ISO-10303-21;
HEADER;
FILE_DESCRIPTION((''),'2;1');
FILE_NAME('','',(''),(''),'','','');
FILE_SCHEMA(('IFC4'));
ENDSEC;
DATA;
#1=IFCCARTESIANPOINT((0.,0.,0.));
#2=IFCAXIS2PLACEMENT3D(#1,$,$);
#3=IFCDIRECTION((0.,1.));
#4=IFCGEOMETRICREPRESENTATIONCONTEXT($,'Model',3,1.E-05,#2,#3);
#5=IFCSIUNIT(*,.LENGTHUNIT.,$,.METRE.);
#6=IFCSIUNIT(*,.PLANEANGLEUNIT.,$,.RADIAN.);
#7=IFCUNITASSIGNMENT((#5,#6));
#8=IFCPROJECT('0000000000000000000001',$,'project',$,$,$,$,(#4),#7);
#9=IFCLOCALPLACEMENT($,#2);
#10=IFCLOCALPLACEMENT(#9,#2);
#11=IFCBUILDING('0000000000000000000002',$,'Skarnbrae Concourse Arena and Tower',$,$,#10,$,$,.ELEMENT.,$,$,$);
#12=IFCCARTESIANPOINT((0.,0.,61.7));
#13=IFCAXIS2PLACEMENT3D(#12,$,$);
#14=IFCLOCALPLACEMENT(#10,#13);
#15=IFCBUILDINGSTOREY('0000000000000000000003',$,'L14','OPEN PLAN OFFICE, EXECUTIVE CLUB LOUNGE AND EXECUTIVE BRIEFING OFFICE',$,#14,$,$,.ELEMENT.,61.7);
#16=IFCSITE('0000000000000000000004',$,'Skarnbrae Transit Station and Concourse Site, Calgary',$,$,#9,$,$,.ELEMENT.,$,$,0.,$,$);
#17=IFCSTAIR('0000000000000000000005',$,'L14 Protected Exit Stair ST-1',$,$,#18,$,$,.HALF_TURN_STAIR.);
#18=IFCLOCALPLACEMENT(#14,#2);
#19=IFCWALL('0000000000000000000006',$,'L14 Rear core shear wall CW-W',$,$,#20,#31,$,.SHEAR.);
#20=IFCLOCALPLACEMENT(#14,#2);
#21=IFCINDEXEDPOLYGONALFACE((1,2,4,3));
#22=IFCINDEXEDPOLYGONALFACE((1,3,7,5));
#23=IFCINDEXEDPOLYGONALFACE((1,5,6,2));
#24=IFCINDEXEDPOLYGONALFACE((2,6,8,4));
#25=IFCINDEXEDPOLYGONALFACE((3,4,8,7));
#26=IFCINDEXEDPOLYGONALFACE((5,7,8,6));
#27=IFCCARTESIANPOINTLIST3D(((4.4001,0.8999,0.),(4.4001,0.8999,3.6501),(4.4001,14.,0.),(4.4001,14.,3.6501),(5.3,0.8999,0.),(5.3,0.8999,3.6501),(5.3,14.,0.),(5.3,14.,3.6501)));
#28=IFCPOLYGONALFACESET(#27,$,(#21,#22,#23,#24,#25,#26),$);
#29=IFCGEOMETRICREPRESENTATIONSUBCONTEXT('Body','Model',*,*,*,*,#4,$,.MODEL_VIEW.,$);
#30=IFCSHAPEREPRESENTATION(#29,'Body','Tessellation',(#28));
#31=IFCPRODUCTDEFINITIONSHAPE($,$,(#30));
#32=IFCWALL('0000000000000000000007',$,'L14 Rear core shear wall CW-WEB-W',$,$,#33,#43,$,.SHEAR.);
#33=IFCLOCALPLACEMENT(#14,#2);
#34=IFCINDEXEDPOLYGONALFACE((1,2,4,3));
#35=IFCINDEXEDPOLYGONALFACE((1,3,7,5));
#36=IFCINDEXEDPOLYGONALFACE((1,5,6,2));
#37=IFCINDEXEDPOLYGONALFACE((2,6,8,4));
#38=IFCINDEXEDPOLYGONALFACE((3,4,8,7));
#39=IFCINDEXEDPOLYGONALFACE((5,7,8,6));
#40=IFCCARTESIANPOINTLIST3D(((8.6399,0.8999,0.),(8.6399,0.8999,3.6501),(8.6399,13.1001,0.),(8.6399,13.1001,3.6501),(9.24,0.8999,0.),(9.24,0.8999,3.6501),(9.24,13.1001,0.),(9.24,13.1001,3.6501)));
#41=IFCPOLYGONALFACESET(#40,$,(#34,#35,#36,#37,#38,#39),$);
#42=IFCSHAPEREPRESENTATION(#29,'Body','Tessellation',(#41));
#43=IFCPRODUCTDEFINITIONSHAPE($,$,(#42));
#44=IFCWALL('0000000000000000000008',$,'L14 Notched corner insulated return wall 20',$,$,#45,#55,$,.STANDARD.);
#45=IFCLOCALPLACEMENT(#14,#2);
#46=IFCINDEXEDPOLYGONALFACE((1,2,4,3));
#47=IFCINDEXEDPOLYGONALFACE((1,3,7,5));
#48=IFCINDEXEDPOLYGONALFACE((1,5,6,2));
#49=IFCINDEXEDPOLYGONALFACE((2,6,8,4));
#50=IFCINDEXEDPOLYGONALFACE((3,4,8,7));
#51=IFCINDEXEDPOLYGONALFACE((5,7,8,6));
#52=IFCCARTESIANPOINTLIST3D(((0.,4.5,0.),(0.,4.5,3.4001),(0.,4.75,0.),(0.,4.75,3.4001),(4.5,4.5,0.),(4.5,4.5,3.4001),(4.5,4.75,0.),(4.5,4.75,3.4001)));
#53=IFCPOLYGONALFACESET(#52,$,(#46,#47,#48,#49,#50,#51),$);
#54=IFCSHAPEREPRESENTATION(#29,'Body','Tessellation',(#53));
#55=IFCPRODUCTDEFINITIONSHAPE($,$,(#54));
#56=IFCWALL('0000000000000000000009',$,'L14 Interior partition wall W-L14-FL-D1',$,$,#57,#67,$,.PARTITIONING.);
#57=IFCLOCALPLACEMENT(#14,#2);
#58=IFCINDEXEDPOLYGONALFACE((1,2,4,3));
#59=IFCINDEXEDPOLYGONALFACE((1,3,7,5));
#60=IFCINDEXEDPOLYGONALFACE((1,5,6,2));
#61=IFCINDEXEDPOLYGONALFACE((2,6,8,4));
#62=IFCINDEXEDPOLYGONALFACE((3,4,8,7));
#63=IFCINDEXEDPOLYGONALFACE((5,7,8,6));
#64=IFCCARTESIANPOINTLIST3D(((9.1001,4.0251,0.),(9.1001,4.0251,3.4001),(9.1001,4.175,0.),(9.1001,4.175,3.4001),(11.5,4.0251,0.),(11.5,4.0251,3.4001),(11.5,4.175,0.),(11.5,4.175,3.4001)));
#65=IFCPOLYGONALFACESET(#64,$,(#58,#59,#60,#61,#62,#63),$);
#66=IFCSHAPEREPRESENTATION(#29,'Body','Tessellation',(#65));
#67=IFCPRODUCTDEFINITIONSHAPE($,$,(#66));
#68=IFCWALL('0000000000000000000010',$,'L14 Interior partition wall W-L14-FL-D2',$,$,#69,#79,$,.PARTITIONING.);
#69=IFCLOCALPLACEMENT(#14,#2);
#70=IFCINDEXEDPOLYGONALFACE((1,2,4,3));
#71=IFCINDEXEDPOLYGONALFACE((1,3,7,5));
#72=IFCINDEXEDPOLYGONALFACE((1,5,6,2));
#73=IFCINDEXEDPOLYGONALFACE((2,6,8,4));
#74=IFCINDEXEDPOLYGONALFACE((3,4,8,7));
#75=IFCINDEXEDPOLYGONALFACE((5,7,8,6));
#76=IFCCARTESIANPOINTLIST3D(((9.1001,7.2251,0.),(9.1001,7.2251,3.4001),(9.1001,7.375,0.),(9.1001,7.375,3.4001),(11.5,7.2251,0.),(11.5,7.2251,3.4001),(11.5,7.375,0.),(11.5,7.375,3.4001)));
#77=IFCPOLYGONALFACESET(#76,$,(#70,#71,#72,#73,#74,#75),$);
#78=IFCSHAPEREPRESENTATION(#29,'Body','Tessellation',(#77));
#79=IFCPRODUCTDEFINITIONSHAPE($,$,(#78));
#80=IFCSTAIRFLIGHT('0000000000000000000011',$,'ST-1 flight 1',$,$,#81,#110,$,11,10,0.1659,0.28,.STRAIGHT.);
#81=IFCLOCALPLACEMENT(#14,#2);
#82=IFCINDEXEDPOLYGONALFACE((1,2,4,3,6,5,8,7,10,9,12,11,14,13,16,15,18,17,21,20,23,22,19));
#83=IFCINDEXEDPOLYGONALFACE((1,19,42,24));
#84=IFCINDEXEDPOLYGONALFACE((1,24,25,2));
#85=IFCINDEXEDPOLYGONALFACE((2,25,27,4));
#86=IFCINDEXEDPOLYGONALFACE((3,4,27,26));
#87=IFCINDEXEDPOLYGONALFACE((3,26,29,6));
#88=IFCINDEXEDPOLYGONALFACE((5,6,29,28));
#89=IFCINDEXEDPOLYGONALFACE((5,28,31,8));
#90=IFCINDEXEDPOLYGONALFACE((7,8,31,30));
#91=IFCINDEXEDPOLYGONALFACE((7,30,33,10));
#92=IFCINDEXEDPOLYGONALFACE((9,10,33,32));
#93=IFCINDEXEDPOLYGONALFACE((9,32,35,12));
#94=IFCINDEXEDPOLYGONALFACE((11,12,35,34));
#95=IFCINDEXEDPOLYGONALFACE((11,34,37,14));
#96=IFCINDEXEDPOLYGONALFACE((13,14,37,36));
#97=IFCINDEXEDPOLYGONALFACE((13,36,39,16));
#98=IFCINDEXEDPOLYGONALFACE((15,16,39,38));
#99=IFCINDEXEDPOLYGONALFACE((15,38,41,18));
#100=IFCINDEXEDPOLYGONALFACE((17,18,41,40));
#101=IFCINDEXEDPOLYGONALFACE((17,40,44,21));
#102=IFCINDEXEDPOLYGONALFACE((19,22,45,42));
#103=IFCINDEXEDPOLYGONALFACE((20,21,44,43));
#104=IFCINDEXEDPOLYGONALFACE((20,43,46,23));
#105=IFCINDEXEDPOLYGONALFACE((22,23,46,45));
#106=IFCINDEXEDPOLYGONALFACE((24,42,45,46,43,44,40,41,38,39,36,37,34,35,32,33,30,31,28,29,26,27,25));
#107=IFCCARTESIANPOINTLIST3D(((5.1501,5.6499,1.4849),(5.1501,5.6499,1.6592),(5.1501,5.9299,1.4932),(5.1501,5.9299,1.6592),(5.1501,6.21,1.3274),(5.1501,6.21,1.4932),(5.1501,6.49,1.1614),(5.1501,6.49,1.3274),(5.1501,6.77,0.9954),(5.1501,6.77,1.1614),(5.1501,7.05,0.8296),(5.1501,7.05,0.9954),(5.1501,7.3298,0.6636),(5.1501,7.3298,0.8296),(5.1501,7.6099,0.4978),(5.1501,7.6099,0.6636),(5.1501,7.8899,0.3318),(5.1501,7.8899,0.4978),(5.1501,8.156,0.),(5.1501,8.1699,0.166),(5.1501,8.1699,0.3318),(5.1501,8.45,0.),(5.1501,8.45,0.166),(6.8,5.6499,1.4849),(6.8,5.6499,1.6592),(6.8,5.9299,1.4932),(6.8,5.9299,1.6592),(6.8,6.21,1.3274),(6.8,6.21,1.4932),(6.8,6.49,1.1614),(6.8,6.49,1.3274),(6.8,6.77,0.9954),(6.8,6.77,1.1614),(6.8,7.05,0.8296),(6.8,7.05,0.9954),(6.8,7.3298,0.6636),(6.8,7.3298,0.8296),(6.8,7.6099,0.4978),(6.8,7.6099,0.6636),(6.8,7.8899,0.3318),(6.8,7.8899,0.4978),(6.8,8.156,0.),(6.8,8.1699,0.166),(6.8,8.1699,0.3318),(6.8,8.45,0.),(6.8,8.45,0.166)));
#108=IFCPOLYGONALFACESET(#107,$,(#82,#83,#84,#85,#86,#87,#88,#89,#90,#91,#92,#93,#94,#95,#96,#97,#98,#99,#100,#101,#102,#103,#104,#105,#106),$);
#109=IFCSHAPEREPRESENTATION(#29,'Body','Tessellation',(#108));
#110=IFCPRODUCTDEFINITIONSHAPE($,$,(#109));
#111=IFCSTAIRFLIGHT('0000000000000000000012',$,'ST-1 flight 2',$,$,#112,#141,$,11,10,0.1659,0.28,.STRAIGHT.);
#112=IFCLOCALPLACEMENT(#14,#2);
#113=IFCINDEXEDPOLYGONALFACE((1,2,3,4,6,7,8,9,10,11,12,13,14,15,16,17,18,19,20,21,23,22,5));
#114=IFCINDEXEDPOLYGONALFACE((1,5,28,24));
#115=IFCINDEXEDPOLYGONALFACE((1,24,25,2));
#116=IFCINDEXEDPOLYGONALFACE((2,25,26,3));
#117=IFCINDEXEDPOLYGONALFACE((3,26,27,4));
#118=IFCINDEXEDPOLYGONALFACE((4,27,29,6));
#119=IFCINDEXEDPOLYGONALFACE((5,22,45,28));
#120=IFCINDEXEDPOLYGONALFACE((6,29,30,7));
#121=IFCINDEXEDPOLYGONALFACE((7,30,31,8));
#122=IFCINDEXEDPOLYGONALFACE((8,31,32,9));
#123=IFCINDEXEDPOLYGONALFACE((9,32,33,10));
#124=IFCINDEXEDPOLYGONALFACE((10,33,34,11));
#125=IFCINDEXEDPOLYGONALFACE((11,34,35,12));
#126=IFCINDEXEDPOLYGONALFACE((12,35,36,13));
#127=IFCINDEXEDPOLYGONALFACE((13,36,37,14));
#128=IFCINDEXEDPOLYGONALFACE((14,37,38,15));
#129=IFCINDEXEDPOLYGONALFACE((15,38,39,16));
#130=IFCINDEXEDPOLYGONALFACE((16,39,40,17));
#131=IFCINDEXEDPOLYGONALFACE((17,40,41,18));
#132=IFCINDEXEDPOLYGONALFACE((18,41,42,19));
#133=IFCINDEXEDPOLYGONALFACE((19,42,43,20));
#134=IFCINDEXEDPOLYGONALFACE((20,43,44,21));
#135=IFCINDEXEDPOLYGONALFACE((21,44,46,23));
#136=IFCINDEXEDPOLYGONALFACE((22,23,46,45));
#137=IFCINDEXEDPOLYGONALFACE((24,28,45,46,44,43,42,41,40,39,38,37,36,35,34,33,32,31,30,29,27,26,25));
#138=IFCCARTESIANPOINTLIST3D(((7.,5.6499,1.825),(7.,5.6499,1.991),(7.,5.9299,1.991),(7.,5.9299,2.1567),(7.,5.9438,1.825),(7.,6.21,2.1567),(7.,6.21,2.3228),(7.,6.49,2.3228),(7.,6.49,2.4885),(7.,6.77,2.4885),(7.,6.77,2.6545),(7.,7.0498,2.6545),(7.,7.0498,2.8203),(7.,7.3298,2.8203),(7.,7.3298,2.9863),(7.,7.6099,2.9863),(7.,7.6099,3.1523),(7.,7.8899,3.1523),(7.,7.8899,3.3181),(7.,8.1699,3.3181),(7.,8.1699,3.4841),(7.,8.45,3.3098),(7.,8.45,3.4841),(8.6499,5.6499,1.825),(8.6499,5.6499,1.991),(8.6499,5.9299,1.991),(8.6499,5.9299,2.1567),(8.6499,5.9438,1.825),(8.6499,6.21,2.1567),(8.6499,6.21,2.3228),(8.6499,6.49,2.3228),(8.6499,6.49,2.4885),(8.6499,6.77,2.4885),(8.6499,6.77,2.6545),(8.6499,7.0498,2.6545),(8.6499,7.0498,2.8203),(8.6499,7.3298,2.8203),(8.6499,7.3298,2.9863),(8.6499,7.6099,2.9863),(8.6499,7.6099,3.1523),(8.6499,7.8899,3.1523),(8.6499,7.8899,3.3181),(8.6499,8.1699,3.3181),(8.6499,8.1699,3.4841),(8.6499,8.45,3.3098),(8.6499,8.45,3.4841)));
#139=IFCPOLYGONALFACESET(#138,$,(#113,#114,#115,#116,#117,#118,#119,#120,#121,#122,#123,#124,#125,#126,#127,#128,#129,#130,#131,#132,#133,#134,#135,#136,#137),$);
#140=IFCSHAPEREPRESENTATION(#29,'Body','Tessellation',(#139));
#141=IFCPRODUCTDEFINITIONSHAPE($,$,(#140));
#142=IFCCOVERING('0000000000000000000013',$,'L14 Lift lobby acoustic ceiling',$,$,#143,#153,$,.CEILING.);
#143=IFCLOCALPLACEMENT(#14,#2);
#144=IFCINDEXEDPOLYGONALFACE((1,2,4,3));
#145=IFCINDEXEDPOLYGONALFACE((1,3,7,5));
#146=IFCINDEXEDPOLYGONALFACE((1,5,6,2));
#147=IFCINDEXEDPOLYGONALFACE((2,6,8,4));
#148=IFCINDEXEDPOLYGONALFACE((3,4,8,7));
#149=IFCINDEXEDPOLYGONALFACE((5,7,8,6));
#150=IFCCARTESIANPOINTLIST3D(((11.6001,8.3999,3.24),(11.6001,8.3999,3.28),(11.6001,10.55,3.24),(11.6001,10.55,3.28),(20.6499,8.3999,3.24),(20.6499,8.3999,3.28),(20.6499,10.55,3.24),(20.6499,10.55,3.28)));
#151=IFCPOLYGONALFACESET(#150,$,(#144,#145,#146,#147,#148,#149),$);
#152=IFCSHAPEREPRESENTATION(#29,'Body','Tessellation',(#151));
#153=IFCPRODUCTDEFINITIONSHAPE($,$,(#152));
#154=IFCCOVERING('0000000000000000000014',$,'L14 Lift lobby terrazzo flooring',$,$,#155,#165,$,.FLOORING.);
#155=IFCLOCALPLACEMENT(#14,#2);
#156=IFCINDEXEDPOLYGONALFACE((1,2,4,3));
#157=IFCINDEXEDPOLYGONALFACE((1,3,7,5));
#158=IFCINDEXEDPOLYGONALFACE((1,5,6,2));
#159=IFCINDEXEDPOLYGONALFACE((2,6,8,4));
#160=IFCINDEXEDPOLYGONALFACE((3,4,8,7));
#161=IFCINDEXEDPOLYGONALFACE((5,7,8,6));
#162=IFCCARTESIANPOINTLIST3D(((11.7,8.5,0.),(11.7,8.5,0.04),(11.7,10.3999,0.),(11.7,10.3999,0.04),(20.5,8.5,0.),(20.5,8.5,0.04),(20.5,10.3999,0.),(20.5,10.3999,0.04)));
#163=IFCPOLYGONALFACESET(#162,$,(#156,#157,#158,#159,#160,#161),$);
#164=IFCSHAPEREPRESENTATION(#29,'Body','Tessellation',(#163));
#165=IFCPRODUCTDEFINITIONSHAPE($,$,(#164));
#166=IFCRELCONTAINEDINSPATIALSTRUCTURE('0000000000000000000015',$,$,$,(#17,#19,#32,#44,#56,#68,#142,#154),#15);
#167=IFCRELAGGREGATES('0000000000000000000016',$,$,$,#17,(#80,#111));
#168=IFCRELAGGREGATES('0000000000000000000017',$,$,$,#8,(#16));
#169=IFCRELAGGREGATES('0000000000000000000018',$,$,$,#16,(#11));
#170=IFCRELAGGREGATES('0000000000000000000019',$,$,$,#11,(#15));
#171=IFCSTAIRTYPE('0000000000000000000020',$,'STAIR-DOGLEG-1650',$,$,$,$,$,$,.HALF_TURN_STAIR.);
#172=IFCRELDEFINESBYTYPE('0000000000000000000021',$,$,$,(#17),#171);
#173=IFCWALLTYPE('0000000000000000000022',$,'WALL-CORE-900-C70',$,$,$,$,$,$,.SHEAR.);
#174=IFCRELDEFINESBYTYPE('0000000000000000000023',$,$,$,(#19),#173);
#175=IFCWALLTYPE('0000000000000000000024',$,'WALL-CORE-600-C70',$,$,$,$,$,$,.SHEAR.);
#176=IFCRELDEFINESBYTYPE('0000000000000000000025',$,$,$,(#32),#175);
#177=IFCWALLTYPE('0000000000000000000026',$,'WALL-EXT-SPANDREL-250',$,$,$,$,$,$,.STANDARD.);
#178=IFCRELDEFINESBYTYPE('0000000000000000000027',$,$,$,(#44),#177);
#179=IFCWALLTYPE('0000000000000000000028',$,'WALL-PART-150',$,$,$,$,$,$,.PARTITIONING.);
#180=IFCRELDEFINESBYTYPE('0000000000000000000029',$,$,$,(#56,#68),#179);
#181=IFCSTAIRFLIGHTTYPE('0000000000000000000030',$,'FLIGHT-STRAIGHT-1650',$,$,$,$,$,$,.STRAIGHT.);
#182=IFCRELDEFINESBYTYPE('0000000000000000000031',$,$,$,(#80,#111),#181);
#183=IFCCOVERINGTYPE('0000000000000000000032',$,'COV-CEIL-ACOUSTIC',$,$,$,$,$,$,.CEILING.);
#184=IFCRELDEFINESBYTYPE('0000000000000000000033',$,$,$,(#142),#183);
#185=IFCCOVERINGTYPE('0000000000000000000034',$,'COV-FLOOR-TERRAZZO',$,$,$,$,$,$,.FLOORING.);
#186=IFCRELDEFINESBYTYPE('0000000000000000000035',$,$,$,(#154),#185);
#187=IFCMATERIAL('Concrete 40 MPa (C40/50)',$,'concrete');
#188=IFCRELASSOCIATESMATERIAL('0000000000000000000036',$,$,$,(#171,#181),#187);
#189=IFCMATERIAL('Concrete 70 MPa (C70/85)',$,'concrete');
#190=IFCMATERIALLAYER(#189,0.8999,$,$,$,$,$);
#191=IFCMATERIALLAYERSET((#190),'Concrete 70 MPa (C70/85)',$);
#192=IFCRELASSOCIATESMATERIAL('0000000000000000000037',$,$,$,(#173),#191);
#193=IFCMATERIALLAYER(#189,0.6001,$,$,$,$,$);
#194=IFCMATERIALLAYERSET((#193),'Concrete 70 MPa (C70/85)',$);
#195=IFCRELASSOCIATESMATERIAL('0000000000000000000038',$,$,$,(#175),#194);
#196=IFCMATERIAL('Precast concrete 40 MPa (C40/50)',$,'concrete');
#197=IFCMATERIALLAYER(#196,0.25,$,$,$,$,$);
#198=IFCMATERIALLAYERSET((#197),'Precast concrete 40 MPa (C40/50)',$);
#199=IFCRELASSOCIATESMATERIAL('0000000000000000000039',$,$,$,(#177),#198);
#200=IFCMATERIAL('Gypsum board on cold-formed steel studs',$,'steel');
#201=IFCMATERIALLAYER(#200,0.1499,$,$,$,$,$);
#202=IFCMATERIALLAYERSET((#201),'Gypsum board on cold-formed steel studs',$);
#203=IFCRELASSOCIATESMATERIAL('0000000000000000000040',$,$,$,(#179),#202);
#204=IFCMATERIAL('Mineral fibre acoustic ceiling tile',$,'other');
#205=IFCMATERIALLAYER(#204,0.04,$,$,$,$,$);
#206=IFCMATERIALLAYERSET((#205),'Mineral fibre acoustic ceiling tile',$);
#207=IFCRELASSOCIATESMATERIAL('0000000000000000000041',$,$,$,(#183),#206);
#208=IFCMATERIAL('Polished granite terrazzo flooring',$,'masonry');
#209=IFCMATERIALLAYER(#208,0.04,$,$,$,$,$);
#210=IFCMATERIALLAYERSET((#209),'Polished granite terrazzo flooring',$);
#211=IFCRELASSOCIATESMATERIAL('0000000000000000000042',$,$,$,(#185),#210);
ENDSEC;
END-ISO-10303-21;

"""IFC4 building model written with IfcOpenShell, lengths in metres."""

from ifc_helpers import new_model, si_unit, direction, frame, frame_2d, origin, place, context, subcontext, project, spatial, polyline, rectangle, outline, extrude, source, transform, mapped, material, layer, layer_set, type_object, element, aggregate, save


model = new_model("IFC4")

# Units and contexts
model_context = context("Model", 3, precision=1e-05, world=origin(), true_north=direction((0.0, 1.0)))
body_context = subcontext(model_context, "Body", "Model", "MODEL_VIEW")
ifc_project = project(units=[si_unit("LENGTHUNIT", "METRE"), si_unit("PLANEANGLEUNIT", "RADIAN")], contexts=[model_context])

# Site, building, storey
site_placement = place(None, origin())
site = spatial("IfcSite", under=ifc_project, at=site_placement, Name="Skarnbrae Transit Station and Concourse Site, Calgary", CompositionType="ELEMENT", RefElevation=0.0)
building_placement = place(site_placement, origin())
building = spatial("IfcBuilding", under=site, at=building_placement, Name="Skarnbrae Concourse Arena and Tower", CompositionType="ELEMENT")
storey_placement = place(building_placement, frame((0.0, 0.0, 61.7)))
storey = spatial("IfcBuildingStorey", under=building, at=storey_placement, Name="L14", Description="OPEN PLAN OFFICE, EXECUTIVE CLUB LOUNGE AND EXECUTIVE BRIEFING OFFICE", CompositionType="ELEMENT", Elevation=61.7)

# Stair
ifc_material_1 = material(Name="Concrete 40 MPa (C40/50)", Category="concrete")
stair_type = type_object("IfcStairType", Name="STAIR-DOGLEG-1650", PredefinedType="HALF_TURN_STAIR", material=ifc_material_1)
stair_1_placement = place(storey_placement, origin())
stair_1 = element("IfcStair", 1, at=stair_1_placement, inside=storey, type_object=stair_type, Name="L14 Protected Exit Stair ST-1", PredefinedType="HALF_TURN_STAIR")

# Walls
ifc_material_2 = material(Name="Concrete 70 MPa (C70/85)", Category="concrete")
ifc_layer_1 = layer(ifc_material_2, 0.8999)
ifc_layer_set_1 = layer_set([ifc_layer_1], Name="Concrete 70 MPa (C70/85)")
wall_type_1 = type_object("IfcWallType", Name="WALL-CORE-900-C70", PredefinedType="SHEAR", material=ifc_layer_set_1)
shared_shape_1 = source(origin(), body_context, "Body", "SweptSolid", [
    extrude(rectangle(XDim=13.1001, YDim=0.8999, at=frame_2d((6.55, 0.0))), origin(), (0.0, 0.0, 1.0), 3.6501),
])
wall_1_placement = place(storey_placement, frame((4.8501, 0.8999, 0.0), z_axis=(0.0, 0.0, 1.0), x_axis=(0.0, 1.0, 0.0)))
element("IfcWall", 2, at=wall_1_placement, inside=storey, type_object=wall_type_1, Name="L14 Rear core shear wall CW-W", PredefinedType="SHEAR", context=body_context, shape_type="MappedRepresentation", body=[
    mapped(shared_shape_1, transform((0.0, 0.0, 0.0))),
])
ifc_layer_2 = layer(ifc_material_2, 0.6001)
ifc_layer_set_2 = layer_set([ifc_layer_2], Name="Concrete 70 MPa (C70/85)")
wall_type_2 = type_object("IfcWallType", Name="WALL-CORE-600-C70", PredefinedType="SHEAR", material=ifc_layer_set_2)
shared_shape_2 = source(origin(), body_context, "Body", "SweptSolid", [
    extrude(rectangle(XDim=12.2002, YDim=0.6001, at=frame_2d((6.1001, 0.0))), origin(), (0.0, 0.0, 1.0), 3.6501),
])
wall_2_placement = place(storey_placement, frame((8.9399, 0.8999, 0.0), z_axis=(0.0, 0.0, 1.0), x_axis=(0.0, 1.0, 0.0)))
element("IfcWall", 3, at=wall_2_placement, inside=storey, type_object=wall_type_2, Name="L14 Rear core shear wall CW-WEB-W", PredefinedType="SHEAR", context=body_context, shape_type="MappedRepresentation", body=[
    mapped(shared_shape_2, transform((0.0, 0.0, 0.0))),
])

# Walls
ifc_material_3 = material(Name="Precast concrete 40 MPa (C40/50)", Category="concrete")
ifc_layer_3 = layer(ifc_material_3, 0.25)
ifc_layer_set_3 = layer_set([ifc_layer_3], Name="Precast concrete 40 MPa (C40/50)")
wall_type_3 = type_object("IfcWallType", Name="WALL-EXT-SPANDREL-250", PredefinedType="STANDARD", material=ifc_layer_set_3)
shared_shape_3 = source(origin(), body_context, "Body", "SweptSolid", [
    extrude(rectangle(XDim=4.5, YDim=0.25, at=frame_2d((2.25, 0.0))), origin(), (0.0, 0.0, 1.0), 3.4001),
])
wall_3_placement = place(storey_placement, frame((0.0, 4.625, 0.0), z_axis=(0.0, 0.0, 1.0), x_axis=(1.0, 0.0, 0.0)))
element("IfcWall", 4, at=wall_3_placement, inside=storey, type_object=wall_type_3, Name="L14 Notched corner insulated return wall 20", PredefinedType="STANDARD", context=body_context, shape_type="MappedRepresentation", body=[
    mapped(shared_shape_3, transform((0.0, 0.0, 0.0))),
])
ifc_material_4 = material(Name="Gypsum board on cold-formed steel studs", Category="steel")
ifc_layer_4 = layer(ifc_material_4, 0.1499)
ifc_layer_set_4 = layer_set([ifc_layer_4], Name="Gypsum board on cold-formed steel studs")
wall_type_4 = type_object("IfcWallType", Name="WALL-PART-150", PredefinedType="PARTITIONING", material=ifc_layer_set_4)
shared_shape_4 = source(origin(), body_context, "Body", "SweptSolid", [
    extrude(rectangle(XDim=2.3999, YDim=0.1499, at=frame_2d((1.2, 0.0))), origin(), (0.0, 0.0, 1.0), 3.4001),
])
for number, where, z_axis, x_axis, name in (
    (5, (9.1001, 4.1001, 0.0), (0.0, 0.0, 1.0), (1.0, 0.0, 0.0), "L14 Interior partition wall W-L14-FL-D1"),
    (6, (9.1001, 7.3, 0.0), (0.0, 0.0, 1.0), (1.0, 0.0, 0.0), "L14 Interior partition wall W-L14-FL-D2"),
):
    element("IfcWall", number, at=place(storey_placement, frame(where, z_axis=z_axis, x_axis=x_axis)), inside=storey, type_object=wall_type_4, Name=name, PredefinedType="PARTITIONING", context=body_context, shape_type="MappedRepresentation", body=[
        mapped(shared_shape_4, transform((0.0, 0.0, 0.0))),
    ])

# Stair flights
stair_flight_type = type_object("IfcStairFlightType", Name="FLIGHT-STRAIGHT-1650", PredefinedType="STRAIGHT", material=ifc_material_1)
shared_shape_5 = source(origin(), body_context, "Body", "SweptSolid", [
    extrude(outline(polyline([(0.0, 0.0), (0.0, 0.166), (0.28, 0.166), (0.28, 0.3318), (0.5601, 0.3318), (0.5601, 0.4978), (0.8401, 0.4978), (0.8401, 0.6636), (1.1201, 0.6636), (1.1201, 0.8296), (1.3999, 0.8296), (1.3999, 0.9954), (1.6799, 0.9954), (1.6799, 1.1614), (1.96, 1.1614), (1.96, 1.3274), (2.24, 1.3274), (2.24, 1.4932), (2.52, 1.4932), (2.52, 1.6592), (2.8, 1.6592), (2.8, 1.825), (2.8, 1.4849), (0.2939, 0.0), (0.0, 0.0)])), frame((0.0, 0.825, 0.0), z_axis=(0.0, -1.0, 0.0), x_axis=(1.0, 0.0, 0.0)), (0.0, 0.0, 1.0), 1.6499),
])
stair_flight_1_placement = place(storey_placement, frame((5.9751, 8.45, 0.0), z_axis=(0.0, 0.0, 1.0), x_axis=(0.0, -1.0, 0.0)))
stair_flight_1 = element("IfcStairFlight", 7, at=stair_flight_1_placement, type_object=stair_flight_type, Name="ST-1 flight 1", NumberOfRisers=11, NumberOfTreads=10, PredefinedType="STRAIGHT", RiserHeight=0.1659, TreadLength=0.28, context=body_context, shape_type="MappedRepresentation", body=[
    mapped(shared_shape_5, transform((0.0, 0.0, 0.0))),
])
stair_flight_2_placement = place(storey_placement, frame((7.825, 5.6499, 1.825), z_axis=(0.0, 0.0, 1.0), x_axis=(0.0, 1.0, 0.0)))
stair_flight_2 = element("IfcStairFlight", 8, at=stair_flight_2_placement, type_object=stair_flight_type, Name="ST-1 flight 2", NumberOfRisers=11, NumberOfTreads=10, PredefinedType="STRAIGHT", RiserHeight=0.1659, TreadLength=0.28, context=body_context, shape_type="MappedRepresentation", body=[
    mapped(shared_shape_5, transform((0.0, 0.0, 0.0))),
])
aggregate(stair_1, [stair_flight_1, stair_flight_2])

# Coverings
ifc_material_5 = material(Name="Mineral fibre acoustic ceiling tile", Category="other")
ifc_layer_5 = layer(ifc_material_5, 0.04)
ifc_layer_set_5 = layer_set([ifc_layer_5], Name="Mineral fibre acoustic ceiling tile")
covering_type_1 = type_object("IfcCoveringType", Name="COV-CEIL-ACOUSTIC", PredefinedType="CEILING", material=ifc_layer_set_5)
covering_1_placement = place(storey_placement, frame((0.0, 0.0, 3.24)))
element("IfcCovering", 9, at=covering_1_placement, inside=storey, type_object=covering_type_1, Name="L14 Lift lobby acoustic ceiling", PredefinedType="CEILING", context=body_context, shape_type="SweptSolid", body=[
    extrude(outline(polyline([(11.6001, 8.3999), (20.6499, 8.3999), (20.6499, 10.55), (11.6001, 10.55), (11.6001, 8.3999)])), origin(), (0.0, 0.0, 1.0), 0.04),
])
ifc_material_6 = material(Name="Polished granite terrazzo flooring", Category="masonry")
ifc_layer_6 = layer(ifc_material_6, 0.04)
ifc_layer_set_6 = layer_set([ifc_layer_6], Name="Polished granite terrazzo flooring")
covering_type_2 = type_object("IfcCoveringType", Name="COV-FLOOR-TERRAZZO", PredefinedType="FLOORING", material=ifc_layer_set_6)
covering_2_placement = place(storey_placement, origin())
element("IfcCovering", 10, at=covering_2_placement, inside=storey, type_object=covering_type_2, Name="L14 Lift lobby terrazzo flooring", PredefinedType="FLOORING", context=body_context, shape_type="SweptSolid", body=[
    extrude(outline(polyline([(11.7, 8.5), (20.5, 8.5), (20.5, 10.3999), (11.7, 10.3999), (11.7, 8.5)])), origin(), (0.0, 0.0, 1.0), 0.04),
])

save(model, "model.ifc")
